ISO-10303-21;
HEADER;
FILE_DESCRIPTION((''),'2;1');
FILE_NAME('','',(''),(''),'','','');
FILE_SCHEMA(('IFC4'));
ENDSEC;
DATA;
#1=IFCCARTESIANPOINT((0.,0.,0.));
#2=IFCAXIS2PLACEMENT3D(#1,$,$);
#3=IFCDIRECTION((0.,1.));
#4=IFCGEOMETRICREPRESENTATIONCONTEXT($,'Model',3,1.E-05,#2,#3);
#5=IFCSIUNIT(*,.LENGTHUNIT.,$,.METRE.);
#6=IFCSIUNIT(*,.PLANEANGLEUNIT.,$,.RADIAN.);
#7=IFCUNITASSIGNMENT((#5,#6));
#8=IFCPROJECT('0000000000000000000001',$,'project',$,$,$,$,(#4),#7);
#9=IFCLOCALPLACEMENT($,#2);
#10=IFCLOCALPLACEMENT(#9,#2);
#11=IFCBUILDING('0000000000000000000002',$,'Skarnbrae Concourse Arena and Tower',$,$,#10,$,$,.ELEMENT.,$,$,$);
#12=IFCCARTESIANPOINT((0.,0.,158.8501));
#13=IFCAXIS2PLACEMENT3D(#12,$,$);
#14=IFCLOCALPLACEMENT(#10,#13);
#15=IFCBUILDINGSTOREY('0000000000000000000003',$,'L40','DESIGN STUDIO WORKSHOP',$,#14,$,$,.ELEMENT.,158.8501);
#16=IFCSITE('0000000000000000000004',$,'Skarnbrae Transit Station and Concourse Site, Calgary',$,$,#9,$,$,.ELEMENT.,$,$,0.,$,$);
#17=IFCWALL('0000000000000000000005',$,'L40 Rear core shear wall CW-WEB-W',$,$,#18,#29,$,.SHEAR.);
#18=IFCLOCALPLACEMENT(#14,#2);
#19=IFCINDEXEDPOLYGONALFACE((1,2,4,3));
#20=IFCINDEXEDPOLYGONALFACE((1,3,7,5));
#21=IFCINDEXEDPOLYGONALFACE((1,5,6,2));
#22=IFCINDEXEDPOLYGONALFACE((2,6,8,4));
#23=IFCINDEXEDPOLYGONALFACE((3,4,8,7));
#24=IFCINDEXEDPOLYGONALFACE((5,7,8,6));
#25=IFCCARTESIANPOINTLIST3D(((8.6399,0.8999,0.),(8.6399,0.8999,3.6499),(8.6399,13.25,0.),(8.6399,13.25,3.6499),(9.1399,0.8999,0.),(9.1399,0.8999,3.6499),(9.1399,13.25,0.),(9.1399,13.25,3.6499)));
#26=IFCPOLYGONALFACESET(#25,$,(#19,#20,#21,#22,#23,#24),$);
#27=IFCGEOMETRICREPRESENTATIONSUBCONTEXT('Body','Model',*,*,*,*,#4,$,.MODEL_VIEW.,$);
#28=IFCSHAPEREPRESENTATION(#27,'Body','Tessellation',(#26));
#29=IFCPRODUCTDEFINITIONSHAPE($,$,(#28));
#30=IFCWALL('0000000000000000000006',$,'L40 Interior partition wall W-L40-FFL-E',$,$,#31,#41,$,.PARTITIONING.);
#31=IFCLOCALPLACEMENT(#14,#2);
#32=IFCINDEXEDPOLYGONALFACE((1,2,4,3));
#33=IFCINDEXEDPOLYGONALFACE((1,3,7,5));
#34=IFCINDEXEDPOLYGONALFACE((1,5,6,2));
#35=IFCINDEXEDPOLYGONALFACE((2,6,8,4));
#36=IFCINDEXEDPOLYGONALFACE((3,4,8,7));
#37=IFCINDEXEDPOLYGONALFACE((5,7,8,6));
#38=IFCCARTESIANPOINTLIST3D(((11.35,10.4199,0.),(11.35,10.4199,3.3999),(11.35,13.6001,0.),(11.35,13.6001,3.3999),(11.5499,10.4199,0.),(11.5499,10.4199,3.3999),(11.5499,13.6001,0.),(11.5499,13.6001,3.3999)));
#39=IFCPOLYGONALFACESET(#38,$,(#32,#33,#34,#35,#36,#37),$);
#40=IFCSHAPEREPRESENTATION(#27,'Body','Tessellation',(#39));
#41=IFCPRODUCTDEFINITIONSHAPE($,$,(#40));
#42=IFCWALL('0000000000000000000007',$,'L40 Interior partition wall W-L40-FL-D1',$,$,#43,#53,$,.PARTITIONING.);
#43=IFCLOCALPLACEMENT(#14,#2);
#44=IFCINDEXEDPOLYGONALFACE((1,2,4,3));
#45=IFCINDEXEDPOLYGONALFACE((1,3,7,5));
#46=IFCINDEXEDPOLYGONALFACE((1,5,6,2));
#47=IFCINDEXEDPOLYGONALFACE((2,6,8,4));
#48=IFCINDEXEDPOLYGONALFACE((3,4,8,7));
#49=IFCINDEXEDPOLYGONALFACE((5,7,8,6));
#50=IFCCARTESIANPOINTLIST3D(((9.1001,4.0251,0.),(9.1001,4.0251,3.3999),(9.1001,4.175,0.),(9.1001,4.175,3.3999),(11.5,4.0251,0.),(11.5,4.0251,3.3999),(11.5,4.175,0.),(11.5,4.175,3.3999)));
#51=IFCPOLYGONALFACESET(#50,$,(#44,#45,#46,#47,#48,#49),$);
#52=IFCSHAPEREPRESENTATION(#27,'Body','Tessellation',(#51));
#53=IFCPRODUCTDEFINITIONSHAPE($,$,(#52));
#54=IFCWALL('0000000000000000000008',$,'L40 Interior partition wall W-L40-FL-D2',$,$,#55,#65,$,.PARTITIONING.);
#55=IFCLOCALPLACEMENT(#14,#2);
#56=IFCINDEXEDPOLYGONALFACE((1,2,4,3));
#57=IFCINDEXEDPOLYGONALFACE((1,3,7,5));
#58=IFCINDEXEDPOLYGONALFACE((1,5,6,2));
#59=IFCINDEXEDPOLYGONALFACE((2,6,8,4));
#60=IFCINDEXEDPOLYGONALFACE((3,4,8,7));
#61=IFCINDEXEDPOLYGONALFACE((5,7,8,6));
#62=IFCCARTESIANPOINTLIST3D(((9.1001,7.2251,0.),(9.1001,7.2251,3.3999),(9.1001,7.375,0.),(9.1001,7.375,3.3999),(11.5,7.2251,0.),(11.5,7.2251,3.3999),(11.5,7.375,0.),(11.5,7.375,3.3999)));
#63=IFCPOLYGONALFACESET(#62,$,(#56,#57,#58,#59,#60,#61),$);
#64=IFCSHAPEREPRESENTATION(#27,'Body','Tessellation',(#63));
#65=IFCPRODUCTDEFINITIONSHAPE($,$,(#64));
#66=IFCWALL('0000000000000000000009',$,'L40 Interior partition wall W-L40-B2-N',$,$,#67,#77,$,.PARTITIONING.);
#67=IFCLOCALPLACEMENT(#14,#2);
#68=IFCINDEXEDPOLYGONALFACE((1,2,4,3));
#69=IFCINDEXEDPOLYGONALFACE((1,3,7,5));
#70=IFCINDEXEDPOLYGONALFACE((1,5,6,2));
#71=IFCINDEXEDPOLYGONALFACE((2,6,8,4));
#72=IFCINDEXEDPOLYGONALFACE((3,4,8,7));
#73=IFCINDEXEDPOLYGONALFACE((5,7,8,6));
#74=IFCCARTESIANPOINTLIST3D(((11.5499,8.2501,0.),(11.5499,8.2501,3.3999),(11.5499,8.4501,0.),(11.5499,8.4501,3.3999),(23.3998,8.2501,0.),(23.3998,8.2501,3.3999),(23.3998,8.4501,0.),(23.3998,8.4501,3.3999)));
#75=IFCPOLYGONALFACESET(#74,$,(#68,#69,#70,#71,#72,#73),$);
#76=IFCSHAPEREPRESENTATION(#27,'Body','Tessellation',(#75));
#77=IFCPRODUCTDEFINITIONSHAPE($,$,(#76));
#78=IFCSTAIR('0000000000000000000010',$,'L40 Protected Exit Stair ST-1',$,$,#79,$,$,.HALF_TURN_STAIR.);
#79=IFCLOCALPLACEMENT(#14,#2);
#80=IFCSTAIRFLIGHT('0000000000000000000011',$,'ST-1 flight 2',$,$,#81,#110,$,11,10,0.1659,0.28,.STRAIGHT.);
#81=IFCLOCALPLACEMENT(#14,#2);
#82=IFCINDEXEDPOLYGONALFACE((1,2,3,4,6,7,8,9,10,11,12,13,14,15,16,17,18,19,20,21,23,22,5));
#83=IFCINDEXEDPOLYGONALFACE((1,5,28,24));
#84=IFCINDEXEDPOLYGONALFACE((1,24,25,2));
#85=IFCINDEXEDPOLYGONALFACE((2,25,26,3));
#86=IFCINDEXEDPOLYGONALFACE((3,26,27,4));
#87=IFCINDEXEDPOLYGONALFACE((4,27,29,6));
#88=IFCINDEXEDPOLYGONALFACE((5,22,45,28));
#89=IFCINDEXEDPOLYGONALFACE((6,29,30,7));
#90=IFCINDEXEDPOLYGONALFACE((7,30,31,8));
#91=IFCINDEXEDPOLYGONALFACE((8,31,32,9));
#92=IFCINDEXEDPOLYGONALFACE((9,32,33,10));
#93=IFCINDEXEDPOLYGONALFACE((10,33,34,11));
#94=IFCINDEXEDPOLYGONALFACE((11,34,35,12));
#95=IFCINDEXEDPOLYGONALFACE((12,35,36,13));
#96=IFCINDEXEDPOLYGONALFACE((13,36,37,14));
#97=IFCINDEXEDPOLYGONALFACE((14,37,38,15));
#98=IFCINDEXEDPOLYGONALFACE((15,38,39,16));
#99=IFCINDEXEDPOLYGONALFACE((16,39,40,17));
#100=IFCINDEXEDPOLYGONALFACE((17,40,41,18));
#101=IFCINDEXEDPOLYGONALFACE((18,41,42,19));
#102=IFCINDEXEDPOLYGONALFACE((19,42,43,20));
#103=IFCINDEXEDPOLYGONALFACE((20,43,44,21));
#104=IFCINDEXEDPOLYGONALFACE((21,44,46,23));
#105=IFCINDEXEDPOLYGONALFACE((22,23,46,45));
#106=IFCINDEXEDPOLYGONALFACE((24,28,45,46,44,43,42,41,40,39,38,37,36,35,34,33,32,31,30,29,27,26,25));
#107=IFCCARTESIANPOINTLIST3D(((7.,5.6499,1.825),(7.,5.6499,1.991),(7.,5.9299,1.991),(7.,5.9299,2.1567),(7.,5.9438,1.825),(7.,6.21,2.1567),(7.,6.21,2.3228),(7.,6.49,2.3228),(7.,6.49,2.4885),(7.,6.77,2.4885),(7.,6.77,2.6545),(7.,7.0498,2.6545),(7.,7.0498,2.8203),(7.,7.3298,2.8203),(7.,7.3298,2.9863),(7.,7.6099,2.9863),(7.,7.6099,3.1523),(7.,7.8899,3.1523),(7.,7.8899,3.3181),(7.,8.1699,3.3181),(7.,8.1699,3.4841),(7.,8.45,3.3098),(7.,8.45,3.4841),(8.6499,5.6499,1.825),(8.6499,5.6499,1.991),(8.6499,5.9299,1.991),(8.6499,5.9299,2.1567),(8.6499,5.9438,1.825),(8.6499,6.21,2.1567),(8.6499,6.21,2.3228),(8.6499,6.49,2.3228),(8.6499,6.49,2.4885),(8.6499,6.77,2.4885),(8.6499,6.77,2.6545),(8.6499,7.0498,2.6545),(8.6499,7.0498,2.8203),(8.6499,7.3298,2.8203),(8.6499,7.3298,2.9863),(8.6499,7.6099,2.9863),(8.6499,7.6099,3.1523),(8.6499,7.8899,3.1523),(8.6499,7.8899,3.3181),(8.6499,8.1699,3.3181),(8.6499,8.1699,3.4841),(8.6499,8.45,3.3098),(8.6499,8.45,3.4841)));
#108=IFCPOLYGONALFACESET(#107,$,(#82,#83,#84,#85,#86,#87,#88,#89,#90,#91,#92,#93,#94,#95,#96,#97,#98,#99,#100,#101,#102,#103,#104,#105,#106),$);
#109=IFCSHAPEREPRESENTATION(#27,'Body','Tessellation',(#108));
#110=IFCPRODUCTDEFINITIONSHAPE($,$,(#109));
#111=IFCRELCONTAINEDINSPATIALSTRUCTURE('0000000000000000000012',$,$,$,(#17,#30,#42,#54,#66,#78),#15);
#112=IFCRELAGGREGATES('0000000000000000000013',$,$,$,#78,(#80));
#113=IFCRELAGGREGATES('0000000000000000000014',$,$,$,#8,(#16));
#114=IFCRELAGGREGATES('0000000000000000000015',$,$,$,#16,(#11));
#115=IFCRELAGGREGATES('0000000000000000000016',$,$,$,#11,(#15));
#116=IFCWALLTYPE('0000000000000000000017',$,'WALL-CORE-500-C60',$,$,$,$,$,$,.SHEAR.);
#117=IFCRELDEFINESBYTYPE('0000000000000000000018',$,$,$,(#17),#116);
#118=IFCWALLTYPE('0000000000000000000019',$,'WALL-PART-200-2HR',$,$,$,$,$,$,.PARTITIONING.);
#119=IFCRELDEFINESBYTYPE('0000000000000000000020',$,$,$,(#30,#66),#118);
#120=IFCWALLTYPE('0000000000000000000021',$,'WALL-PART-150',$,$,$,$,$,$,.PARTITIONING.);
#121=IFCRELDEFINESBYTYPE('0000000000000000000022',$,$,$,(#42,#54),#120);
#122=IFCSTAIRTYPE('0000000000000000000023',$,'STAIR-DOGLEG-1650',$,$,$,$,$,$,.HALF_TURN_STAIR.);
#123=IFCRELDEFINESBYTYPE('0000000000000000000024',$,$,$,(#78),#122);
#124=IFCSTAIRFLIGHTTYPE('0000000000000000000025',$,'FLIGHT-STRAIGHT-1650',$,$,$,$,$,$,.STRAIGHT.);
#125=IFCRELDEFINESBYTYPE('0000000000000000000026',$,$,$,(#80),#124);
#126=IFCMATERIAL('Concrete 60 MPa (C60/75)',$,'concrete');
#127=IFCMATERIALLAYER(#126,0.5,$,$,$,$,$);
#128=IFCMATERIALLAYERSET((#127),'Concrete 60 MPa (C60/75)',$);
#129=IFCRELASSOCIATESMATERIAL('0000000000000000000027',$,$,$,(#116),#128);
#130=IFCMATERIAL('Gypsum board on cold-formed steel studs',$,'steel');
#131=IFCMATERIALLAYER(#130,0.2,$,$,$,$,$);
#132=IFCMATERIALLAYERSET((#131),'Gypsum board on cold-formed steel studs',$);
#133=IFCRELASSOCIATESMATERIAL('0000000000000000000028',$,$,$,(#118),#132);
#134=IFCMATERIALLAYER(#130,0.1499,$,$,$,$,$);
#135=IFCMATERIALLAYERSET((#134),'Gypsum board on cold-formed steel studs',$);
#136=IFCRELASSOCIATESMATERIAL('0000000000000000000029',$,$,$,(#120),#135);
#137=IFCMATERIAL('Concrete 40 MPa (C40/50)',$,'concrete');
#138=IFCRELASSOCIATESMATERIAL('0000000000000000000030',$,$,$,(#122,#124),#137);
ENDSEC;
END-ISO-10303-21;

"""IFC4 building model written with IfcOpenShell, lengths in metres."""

from ifc_helpers import new_model, si_unit, direction, frame, frame_2d, origin, place, context, subcontext, project, spatial, polyline, rectangle, outline, extrude, source, transform, mapped, material, layer, layer_set, type_object, element, aggregate, save


model = new_model("IFC4")

# Units and contexts
model_context = context("Model", 3, precision=1e-05, world=origin(), true_north=direction((0.0, 1.0)))
body_context = subcontext(model_context, "Body", "Model", "MODEL_VIEW")
ifc_project = project(units=[si_unit("LENGTHUNIT", "METRE"), si_unit("PLANEANGLEUNIT", "RADIAN")], contexts=[model_context])

# Site, building, storey
site_placement = place(None, origin())
site = spatial("IfcSite", under=ifc_project, at=site_placement, Name="Skarnbrae Transit Station and Concourse Site, Calgary", CompositionType="ELEMENT", RefElevation=0.0)
building_placement = place(site_placement, origin())
building = spatial("IfcBuilding", under=site, at=building_placement, Name="Skarnbrae Concourse Arena and Tower", CompositionType="ELEMENT")
storey_placement = place(building_placement, frame((0.0, 0.0, 158.8501)))
storey = spatial("IfcBuildingStorey", under=building, at=storey_placement, Name="L40", Description="DESIGN STUDIO WORKSHOP", CompositionType="ELEMENT", Elevation=158.8501)

# Walls
ifc_material_1 = material(Name="Concrete 60 MPa (C60/75)", Category="concrete")
ifc_layer_1 = layer(ifc_material_1, 0.5)
ifc_layer_set_1 = layer_set([ifc_layer_1], Name="Concrete 60 MPa (C60/75)")
wall_type_1 = type_object("IfcWallType", Name="WALL-CORE-500-C60", PredefinedType="SHEAR", material=ifc_layer_set_1)
shared_shape_1 = source(origin(), body_context, "Body", "SweptSolid", [
    extrude(rectangle(XDim=12.3501, YDim=0.5, at=frame_2d((6.175, 0.0))), origin(), (0.0, 0.0, 1.0), 3.6499),
])
wall_1_placement = place(storey_placement, frame((8.8899, 0.8999, 0.0), z_axis=(0.0, 0.0, 1.0), x_axis=(0.0, 1.0, 0.0)))
element("IfcWall", 1, at=wall_1_placement, inside=storey, type_object=wall_type_1, Name="L40 Rear core shear wall CW-WEB-W", PredefinedType="SHEAR", context=body_context, shape_type="MappedRepresentation", body=[
    mapped(shared_shape_1, transform((0.0, 0.0, 0.0))),
])
ifc_material_2 = material(Name="Gypsum board on cold-formed steel studs", Category="steel")
ifc_layer_2 = layer(ifc_material_2, 0.2)
ifc_layer_set_2 = layer_set([ifc_layer_2], Name="Gypsum board on cold-formed steel studs")
wall_type_2 = type_object("IfcWallType", Name="WALL-PART-200-2HR", PredefinedType="PARTITIONING", material=ifc_layer_set_2)
shared_shape_2 = source(origin(), body_context, "Body", "SweptSolid", [
    extrude(rectangle(XDim=3.1802, YDim=0.2, at=frame_2d((1.5901, 0.0))), origin(), (0.0, 0.0, 1.0), 3.3999),
])
wall_2_placement = place(storey_placement, frame((11.45, 10.4199, 0.0), z_axis=(0.0, 0.0, 1.0), x_axis=(0.0, 1.0, 0.0)))
element("IfcWall", 2, at=wall_2_placement, inside=storey, type_object=wall_type_2, Name="L40 Interior partition wall W-L40-FFL-E", PredefinedType="PARTITIONING", context=body_context, shape_type="MappedRepresentation", body=[
    mapped(shared_shape_2, transform((0.0, 0.0, 0.0))),
])

# Walls
ifc_layer_3 = layer(ifc_material_2, 0.1499)
ifc_layer_set_3 = layer_set([ifc_layer_3], Name="Gypsum board on cold-formed steel studs")
wall_type_3 = type_object("IfcWallType", Name="WALL-PART-150", PredefinedType="PARTITIONING", material=ifc_layer_set_3)
shared_shape_3 = source(origin(), body_context, "Body", "SweptSolid", [
    extrude(rectangle(XDim=2.3999, YDim=0.1499, at=frame_2d((1.2, 0.0))), origin(), (0.0, 0.0, 1.0), 3.3999),
])
for number, where, z_axis, x_axis, name in (
    (3, (9.1001, 4.1001, 0.0), (0.0, 0.0, 1.0), (1.0, 0.0, 0.0), "L40 Interior partition wall W-L40-FL-D1"),
    (4, (9.1001, 7.3, 0.0), (0.0, 0.0, 1.0), (1.0, 0.0, 0.0), "L40 Interior partition wall W-L40-FL-D2"),
):
    element("IfcWall", number, at=place(storey_placement, frame(where, z_axis=z_axis, x_axis=x_axis)), inside=storey, type_object=wall_type_3, Name=name, PredefinedType="PARTITIONING", context=body_context, shape_type="MappedRepresentation", body=[
        mapped(shared_shape_3, transform((0.0, 0.0, 0.0))),
    ])

# Shared definitions
shared_shape_4 = source(origin(), body_context, "Body", "SweptSolid", [
    extrude(rectangle(XDim=11.8499, YDim=0.2, at=frame_2d((5.9248, 0.0))), origin(), (0.0, 0.0, 1.0), 3.3999),
])

# Wall
wall_3_placement = place(storey_placement, frame((11.55, 8.3501, 0.0), z_axis=(0.0, 0.0, 1.0), x_axis=(1.0, 0.0, 0.0)))
element("IfcWall", 5, at=wall_3_placement, inside=storey, type_object=wall_type_2, Name="L40 Interior partition wall W-L40-B2-N", PredefinedType="PARTITIONING", context=body_context, shape_type="MappedRepresentation", body=[
    mapped(shared_shape_4, transform((0.0, 0.0, 0.0))),
])

# Stair, stair flight
ifc_material_3 = material(Name="Concrete 40 MPa (C40/50)", Category="concrete")
stair_type = type_object("IfcStairType", Name="STAIR-DOGLEG-1650", PredefinedType="HALF_TURN_STAIR", material=ifc_material_3)
stair_placement = place(storey_placement, origin())
stair = element("IfcStair", 6, at=stair_placement, inside=storey, type_object=stair_type, Name="L40 Protected Exit Stair ST-1", PredefinedType="HALF_TURN_STAIR")
stair_flight_type = type_object("IfcStairFlightType", Name="FLIGHT-STRAIGHT-1650", PredefinedType="STRAIGHT", material=ifc_material_3)
shared_shape_5 = source(origin(), body_context, "Body", "SweptSolid", [
    extrude(outline(polyline([(0.0, 0.0), (0.0, 0.166), (0.28, 0.166), (0.28, 0.3318), (0.5601, 0.3318), (0.5601, 0.4978), (0.8401, 0.4978), (0.8401, 0.6636), (1.1201, 0.6636), (1.1201, 0.8296), (1.3999, 0.8296), (1.3999, 0.9954), (1.6799, 0.9954), (1.6799, 1.1614), (1.96, 1.1614), (1.96, 1.3274), (2.24, 1.3274), (2.24, 1.4932), (2.52, 1.4932), (2.52, 1.6592), (2.8, 1.6592), (2.8, 1.825), (2.8, 1.4849), (0.2939, 0.0), (0.0, 0.0)])), frame((0.0, 0.825, 0.0), z_axis=(0.0, -1.0, 0.0), x_axis=(1.0, 0.0, 0.0)), (0.0, 0.0, 1.0), 1.6499),
])
stair_flight_placement = place(storey_placement, frame((7.825, 5.6499, 1.825), z_axis=(0.0, 0.0, 1.0), x_axis=(0.0, 1.0, 0.0)))
stair_flight = element("IfcStairFlight", 7, at=stair_flight_placement, type_object=stair_flight_type, Name="ST-1 flight 2", NumberOfRisers=11, NumberOfTreads=10, PredefinedType="STRAIGHT", RiserHeight=0.1659, TreadLength=0.28, context=body_context, shape_type="MappedRepresentation", body=[
    mapped(shared_shape_5, transform((0.0, 0.0, 0.0))),
])
aggregate(stair, [stair_flight])

save(model, "model.ifc")
